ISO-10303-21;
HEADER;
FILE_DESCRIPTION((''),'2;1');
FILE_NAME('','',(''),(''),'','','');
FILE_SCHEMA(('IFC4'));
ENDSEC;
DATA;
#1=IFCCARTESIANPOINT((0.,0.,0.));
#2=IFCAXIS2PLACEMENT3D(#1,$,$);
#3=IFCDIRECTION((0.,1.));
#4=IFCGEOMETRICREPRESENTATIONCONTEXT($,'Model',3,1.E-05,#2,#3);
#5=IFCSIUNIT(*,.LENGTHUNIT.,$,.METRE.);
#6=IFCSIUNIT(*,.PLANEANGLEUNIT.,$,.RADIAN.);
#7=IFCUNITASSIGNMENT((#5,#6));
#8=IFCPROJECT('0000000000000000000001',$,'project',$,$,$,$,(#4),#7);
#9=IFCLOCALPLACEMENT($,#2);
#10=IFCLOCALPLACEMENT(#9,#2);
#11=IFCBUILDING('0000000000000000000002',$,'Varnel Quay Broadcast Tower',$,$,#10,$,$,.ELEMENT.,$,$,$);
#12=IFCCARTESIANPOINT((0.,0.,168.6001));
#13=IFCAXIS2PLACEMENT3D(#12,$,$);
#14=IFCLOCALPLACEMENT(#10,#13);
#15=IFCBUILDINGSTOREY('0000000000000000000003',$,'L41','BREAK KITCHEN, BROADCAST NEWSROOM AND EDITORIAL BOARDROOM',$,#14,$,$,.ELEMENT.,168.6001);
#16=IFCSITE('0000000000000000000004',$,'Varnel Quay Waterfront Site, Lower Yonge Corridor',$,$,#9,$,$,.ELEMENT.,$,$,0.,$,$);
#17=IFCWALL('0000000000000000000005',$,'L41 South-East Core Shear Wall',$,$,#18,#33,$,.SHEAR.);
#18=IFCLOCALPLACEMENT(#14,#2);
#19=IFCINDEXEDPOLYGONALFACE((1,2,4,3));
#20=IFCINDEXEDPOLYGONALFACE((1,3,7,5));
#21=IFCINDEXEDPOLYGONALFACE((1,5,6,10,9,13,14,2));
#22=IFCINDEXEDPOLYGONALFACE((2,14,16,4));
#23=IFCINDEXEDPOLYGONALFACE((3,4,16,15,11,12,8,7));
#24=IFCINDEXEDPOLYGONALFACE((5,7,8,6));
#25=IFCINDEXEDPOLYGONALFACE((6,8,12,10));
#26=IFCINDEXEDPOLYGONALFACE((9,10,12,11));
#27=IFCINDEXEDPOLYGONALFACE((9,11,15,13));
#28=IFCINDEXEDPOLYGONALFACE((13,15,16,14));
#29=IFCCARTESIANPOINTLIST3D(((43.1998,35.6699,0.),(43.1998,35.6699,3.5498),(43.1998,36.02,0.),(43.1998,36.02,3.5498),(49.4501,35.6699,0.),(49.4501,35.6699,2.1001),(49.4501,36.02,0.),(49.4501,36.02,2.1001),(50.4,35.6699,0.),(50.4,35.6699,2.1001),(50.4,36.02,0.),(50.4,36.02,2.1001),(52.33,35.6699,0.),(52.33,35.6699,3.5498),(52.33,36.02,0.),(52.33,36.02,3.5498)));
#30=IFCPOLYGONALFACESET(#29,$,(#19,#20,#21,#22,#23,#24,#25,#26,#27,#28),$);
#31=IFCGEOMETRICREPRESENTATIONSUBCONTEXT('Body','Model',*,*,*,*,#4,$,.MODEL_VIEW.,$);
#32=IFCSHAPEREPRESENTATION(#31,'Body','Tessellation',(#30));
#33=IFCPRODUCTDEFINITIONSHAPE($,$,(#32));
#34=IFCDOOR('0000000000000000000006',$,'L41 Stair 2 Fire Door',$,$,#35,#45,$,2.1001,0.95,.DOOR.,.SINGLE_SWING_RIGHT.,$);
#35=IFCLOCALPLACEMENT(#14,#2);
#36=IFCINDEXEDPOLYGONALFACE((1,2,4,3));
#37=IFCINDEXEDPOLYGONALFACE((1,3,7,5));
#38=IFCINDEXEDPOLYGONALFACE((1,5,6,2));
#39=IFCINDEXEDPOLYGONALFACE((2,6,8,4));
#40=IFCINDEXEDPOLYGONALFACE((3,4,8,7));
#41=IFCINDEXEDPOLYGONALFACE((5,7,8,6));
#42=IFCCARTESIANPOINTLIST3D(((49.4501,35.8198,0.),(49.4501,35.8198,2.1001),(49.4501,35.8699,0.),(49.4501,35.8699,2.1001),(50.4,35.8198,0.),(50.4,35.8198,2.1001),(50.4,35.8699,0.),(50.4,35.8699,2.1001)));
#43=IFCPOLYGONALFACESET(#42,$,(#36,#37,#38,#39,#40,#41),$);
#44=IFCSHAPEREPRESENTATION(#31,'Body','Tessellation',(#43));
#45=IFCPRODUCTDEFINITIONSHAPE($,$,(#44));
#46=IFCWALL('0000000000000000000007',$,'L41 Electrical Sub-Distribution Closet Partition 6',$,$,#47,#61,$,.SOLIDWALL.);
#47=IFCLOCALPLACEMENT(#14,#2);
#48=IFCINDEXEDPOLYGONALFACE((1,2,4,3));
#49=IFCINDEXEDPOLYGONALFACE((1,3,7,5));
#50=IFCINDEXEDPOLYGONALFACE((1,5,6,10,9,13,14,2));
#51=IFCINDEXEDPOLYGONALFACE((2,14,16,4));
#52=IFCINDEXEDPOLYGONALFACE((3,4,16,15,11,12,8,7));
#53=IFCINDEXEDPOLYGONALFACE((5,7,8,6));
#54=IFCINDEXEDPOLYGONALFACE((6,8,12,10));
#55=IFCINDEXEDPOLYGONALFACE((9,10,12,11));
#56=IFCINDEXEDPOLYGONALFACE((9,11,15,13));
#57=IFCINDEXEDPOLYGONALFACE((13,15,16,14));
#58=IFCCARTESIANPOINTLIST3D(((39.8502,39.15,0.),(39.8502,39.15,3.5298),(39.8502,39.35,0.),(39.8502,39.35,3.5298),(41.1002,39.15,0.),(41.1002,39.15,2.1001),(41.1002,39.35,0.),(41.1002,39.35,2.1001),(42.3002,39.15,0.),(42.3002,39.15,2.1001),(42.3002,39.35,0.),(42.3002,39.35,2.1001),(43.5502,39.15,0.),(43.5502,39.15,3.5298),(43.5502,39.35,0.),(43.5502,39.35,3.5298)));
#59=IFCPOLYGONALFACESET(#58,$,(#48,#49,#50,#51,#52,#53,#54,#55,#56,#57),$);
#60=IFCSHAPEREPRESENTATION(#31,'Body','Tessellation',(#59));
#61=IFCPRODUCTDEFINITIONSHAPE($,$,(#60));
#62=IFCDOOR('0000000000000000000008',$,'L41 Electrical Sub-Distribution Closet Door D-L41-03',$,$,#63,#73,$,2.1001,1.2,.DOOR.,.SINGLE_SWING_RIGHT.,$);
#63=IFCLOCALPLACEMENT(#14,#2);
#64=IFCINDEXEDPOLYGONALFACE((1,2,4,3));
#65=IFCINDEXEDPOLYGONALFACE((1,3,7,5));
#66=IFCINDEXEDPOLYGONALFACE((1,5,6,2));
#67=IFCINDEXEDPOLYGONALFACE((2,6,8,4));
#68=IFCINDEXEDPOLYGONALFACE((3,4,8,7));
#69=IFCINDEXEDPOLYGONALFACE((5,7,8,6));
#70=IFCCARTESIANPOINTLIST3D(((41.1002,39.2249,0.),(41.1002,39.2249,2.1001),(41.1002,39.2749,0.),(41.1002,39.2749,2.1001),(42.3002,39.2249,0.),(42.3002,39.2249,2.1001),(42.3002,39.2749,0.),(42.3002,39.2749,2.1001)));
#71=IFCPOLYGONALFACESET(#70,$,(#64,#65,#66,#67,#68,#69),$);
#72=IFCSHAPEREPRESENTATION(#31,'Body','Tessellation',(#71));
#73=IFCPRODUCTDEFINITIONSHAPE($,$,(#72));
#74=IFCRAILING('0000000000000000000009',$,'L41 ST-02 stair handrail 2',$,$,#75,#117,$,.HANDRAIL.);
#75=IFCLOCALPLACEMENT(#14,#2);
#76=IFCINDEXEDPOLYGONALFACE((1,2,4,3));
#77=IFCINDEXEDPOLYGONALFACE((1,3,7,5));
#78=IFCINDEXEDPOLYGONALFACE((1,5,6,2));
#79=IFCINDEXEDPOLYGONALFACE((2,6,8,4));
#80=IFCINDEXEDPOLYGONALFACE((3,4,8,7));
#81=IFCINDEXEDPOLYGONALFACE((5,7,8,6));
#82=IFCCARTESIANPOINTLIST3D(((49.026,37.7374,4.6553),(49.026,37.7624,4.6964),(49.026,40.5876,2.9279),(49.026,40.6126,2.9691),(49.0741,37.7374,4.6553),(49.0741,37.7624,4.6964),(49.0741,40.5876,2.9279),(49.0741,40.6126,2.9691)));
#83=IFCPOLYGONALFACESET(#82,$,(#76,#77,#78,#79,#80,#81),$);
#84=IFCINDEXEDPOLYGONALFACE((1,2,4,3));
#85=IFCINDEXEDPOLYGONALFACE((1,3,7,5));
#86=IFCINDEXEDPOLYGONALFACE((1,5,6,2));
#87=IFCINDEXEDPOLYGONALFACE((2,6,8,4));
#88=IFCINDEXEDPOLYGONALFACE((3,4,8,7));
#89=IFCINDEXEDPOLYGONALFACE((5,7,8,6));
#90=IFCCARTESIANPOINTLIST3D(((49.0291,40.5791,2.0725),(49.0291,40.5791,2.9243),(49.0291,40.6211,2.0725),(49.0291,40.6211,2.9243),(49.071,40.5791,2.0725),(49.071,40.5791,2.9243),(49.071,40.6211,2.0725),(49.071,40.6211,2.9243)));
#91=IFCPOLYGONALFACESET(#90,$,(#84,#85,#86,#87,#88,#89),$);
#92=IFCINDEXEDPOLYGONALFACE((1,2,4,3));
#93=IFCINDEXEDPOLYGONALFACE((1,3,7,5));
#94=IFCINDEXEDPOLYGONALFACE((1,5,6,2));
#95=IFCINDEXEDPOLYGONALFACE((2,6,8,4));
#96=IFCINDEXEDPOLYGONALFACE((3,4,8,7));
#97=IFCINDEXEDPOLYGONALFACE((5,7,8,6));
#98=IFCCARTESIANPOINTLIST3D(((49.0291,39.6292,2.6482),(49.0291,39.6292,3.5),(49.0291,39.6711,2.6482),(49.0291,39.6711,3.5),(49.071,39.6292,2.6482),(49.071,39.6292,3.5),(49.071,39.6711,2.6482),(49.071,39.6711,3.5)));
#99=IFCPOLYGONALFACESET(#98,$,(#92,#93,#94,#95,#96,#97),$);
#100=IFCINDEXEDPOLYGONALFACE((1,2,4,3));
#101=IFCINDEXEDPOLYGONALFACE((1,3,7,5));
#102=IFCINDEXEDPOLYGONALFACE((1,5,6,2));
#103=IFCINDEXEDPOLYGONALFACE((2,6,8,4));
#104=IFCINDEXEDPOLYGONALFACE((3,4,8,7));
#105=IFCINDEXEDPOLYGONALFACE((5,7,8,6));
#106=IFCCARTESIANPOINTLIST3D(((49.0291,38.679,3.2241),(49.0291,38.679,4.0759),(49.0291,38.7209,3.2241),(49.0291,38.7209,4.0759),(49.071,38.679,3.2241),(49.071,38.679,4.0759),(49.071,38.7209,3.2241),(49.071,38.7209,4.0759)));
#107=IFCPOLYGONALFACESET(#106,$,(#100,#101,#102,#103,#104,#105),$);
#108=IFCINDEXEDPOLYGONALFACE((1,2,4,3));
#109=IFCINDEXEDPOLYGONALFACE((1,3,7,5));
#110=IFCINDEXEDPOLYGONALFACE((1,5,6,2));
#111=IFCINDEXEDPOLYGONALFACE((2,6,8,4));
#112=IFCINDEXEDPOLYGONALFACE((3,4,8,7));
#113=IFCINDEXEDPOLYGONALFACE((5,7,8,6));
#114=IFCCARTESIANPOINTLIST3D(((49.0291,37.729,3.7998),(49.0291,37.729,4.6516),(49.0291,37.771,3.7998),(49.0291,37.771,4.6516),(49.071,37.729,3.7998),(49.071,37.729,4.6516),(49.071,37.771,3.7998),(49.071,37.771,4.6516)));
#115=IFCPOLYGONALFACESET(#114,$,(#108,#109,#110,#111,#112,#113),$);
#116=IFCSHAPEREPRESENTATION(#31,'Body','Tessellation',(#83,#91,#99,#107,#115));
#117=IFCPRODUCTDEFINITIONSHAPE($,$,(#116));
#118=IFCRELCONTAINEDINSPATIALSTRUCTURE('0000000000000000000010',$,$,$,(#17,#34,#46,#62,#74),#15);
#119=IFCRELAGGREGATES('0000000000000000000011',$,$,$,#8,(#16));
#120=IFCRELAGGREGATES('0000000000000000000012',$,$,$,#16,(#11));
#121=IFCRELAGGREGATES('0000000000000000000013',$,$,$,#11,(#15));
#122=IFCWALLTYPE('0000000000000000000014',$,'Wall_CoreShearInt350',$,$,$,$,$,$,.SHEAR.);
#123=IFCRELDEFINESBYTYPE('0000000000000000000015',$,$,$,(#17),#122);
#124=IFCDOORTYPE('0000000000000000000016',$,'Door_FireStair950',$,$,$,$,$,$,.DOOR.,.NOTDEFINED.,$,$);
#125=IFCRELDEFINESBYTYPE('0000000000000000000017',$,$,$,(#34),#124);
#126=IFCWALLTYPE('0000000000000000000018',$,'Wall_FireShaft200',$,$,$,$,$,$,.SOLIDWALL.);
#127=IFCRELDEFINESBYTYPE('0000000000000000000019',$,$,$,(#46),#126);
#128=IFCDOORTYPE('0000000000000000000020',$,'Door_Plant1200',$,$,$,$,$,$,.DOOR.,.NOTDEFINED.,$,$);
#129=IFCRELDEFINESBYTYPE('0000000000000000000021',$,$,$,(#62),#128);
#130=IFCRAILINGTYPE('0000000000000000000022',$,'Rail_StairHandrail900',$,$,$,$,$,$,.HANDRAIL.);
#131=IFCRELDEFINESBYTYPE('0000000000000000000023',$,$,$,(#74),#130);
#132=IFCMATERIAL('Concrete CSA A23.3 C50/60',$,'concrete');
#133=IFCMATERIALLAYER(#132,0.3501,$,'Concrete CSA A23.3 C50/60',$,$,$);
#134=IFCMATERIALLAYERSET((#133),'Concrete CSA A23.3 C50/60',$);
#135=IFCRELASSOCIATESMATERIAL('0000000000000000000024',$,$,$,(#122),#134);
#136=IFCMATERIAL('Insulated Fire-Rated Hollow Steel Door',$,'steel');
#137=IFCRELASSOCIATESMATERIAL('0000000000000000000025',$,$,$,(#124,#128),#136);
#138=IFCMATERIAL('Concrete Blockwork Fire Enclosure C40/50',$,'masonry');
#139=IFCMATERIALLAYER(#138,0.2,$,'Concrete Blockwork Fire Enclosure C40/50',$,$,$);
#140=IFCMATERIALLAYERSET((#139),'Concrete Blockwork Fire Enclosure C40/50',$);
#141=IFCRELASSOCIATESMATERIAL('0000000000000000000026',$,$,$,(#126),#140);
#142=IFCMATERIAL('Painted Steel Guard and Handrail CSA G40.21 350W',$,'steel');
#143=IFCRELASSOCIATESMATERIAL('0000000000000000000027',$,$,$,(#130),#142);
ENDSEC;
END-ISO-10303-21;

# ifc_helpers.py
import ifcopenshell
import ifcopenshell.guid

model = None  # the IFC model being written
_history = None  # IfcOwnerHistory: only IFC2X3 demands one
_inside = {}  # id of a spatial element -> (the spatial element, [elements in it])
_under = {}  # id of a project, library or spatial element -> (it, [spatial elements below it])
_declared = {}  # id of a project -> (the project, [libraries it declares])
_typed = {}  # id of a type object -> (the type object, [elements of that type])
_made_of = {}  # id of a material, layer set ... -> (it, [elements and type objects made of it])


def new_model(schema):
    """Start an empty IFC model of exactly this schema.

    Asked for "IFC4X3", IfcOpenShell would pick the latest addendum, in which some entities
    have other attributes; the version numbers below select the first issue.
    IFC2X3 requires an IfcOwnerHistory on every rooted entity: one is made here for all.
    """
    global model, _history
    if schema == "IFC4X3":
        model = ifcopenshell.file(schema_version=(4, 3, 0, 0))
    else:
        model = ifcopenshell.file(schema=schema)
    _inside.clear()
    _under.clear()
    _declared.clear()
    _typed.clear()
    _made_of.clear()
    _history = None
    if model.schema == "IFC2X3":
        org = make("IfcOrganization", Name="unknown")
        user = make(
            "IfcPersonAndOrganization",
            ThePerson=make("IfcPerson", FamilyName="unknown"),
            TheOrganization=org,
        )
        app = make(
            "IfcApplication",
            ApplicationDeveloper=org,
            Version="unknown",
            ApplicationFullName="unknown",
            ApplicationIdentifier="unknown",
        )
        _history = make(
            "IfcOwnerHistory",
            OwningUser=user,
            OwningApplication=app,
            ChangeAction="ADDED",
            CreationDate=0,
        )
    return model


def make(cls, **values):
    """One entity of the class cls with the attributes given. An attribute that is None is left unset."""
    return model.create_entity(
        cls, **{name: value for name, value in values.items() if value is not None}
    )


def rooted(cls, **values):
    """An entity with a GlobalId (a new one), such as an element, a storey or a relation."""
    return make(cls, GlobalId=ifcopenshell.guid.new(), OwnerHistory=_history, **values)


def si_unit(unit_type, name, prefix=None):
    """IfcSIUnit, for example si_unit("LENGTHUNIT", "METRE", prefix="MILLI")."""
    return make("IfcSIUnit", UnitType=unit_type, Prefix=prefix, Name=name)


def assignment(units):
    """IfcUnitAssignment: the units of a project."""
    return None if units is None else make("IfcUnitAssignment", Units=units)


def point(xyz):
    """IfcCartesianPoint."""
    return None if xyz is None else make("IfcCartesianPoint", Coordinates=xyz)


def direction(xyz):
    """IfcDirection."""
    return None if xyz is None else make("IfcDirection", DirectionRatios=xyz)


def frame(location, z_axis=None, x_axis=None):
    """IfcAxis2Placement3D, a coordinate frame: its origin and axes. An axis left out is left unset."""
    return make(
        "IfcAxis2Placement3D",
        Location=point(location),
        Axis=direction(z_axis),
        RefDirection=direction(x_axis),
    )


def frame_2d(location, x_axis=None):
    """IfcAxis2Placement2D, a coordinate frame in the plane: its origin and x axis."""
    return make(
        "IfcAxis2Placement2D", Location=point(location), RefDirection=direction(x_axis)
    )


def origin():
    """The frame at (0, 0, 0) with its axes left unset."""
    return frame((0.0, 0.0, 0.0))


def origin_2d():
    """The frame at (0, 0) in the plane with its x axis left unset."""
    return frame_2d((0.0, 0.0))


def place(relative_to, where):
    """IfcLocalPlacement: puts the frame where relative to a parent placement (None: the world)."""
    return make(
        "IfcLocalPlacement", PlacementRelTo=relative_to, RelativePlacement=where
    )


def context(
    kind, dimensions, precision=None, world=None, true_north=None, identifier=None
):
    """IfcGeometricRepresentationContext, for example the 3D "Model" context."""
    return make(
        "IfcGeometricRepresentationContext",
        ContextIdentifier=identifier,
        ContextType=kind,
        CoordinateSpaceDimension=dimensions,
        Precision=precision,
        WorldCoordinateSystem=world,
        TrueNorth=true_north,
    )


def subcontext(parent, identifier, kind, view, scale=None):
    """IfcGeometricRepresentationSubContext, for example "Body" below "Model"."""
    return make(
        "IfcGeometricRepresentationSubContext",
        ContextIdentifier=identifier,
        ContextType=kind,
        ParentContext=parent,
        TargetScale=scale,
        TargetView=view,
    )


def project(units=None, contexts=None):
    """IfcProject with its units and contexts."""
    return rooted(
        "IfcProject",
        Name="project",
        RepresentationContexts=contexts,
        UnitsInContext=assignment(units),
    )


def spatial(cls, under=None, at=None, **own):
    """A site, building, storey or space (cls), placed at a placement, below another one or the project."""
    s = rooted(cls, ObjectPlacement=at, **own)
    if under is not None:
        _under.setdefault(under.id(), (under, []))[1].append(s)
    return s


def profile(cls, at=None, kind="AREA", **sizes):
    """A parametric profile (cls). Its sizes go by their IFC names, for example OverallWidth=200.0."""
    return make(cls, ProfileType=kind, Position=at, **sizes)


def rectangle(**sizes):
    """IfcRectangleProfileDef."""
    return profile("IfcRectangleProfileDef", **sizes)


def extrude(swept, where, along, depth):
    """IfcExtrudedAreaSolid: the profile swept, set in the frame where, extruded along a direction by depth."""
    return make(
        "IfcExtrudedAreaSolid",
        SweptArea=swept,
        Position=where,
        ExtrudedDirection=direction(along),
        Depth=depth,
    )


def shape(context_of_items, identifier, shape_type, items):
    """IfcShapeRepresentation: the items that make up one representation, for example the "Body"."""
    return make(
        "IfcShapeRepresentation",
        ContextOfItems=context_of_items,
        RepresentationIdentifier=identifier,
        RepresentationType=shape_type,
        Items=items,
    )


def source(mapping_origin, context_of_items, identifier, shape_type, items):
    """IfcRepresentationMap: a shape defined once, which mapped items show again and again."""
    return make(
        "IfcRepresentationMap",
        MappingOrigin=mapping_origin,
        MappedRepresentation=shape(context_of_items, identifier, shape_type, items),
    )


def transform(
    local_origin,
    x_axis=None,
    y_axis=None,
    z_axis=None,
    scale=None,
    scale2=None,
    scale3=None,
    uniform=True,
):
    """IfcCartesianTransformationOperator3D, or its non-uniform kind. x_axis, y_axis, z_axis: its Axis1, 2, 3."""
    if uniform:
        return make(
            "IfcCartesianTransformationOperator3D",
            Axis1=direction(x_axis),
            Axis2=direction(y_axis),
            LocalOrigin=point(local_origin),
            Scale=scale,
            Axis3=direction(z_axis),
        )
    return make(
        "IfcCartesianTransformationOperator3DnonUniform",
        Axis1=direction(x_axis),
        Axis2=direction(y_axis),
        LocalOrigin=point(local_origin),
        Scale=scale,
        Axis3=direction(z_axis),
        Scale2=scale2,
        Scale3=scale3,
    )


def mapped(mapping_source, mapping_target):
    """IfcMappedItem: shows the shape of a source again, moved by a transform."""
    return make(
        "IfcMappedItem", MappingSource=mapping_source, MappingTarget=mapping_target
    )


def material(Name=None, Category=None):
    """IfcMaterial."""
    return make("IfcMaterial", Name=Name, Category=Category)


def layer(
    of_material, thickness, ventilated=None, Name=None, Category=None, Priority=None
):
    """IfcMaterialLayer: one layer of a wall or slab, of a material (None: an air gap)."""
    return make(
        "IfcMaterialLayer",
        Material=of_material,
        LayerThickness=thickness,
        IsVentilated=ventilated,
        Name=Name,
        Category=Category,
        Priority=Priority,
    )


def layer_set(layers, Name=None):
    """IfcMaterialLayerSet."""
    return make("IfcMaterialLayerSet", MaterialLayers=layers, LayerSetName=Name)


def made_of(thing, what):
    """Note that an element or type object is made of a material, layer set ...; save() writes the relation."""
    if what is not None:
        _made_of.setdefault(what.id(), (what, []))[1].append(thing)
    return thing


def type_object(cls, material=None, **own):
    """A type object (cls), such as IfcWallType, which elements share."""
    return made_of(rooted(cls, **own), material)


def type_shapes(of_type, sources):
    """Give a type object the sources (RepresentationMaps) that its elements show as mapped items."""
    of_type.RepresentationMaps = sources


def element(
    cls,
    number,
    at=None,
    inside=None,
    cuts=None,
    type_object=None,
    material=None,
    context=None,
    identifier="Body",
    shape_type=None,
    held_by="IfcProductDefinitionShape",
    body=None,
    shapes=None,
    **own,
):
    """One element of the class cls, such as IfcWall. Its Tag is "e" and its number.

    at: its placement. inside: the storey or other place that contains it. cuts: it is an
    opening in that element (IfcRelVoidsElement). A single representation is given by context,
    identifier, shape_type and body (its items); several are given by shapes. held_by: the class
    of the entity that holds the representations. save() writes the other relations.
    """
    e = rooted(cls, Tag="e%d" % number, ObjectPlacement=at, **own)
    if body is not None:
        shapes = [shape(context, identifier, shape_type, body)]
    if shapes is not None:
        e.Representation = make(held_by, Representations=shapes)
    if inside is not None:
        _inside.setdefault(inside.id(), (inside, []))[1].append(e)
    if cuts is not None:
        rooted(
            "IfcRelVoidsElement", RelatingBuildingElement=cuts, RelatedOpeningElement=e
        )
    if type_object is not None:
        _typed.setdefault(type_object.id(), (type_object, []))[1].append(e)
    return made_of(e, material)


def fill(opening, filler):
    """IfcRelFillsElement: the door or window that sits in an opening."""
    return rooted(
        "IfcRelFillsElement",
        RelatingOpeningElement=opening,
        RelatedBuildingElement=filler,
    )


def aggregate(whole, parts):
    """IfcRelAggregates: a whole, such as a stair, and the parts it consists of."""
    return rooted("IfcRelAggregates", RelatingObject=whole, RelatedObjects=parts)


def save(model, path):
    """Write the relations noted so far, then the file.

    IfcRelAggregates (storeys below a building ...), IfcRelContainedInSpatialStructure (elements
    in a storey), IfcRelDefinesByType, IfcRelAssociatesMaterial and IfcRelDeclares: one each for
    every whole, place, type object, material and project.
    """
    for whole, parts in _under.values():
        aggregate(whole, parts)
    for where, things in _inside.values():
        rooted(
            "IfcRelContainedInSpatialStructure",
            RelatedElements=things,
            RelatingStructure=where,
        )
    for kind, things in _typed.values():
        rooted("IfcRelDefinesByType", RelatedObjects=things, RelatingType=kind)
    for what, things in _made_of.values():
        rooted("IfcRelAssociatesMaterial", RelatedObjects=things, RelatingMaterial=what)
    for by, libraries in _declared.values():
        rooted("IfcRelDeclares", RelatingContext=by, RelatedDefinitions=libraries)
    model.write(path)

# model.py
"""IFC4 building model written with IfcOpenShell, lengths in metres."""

from ifc_helpers import new_model, si_unit, direction, frame, frame_2d, origin, origin_2d, place, context, subcontext, project, spatial, rectangle, extrude, source, transform, mapped, material, layer, layer_set, type_object, type_shapes, element, fill, save


model = new_model("IFC4")

# Units and contexts
model_context = context("Model", 3, precision=1e-05, world=origin(), true_north=direction((0.0, 1.0)))
body_context = subcontext(model_context, "Body", "Model", "MODEL_VIEW")
ifc_project = project(units=[si_unit("LENGTHUNIT", "METRE"), si_unit("PLANEANGLEUNIT", "RADIAN")], contexts=[model_context])

# Site, building, storey
site_placement = place(None, origin())
site = spatial("IfcSite", under=ifc_project, at=site_placement, Name="Varnel Quay Waterfront Site, Lower Yonge Corridor", CompositionType="ELEMENT", RefElevation=0.0)
building_placement = place(site_placement, origin())
building = spatial("IfcBuilding", under=site, at=building_placement, Name="Varnel Quay Broadcast Tower", CompositionType="ELEMENT")
storey_placement = place(building_placement, frame((0.0, 0.0, 168.6001)))
storey = spatial("IfcBuildingStorey", under=building, at=storey_placement, Name="L41", Description="BREAK KITCHEN, BROADCAST NEWSROOM AND EDITORIAL BOARDROOM", CompositionType="ELEMENT", Elevation=168.6001)

# Shared definitions
ifc_material_1 = material(Name="Concrete CSA A23.3 C50/60", Category="concrete")

# Walls, openings, doors
ifc_layer_1 = layer(ifc_material_1, 0.3501, Name="Concrete CSA A23.3 C50/60")
ifc_layer_set_1 = layer_set([ifc_layer_1], Name="Concrete CSA A23.3 C50/60")
wall_type_1 = type_object("IfcWallType", Name="Wall_CoreShearInt350", PredefinedType="SHEAR", material=ifc_layer_set_1)
wall_1_placement = place(storey_placement, frame((43.2, 35.845, 0.0), z_axis=(0.0, 0.0, 1.0), x_axis=(1.0, 0.0, 0.0)))
wall_1 = element("IfcWall", 1, at=wall_1_placement, inside=storey, type_object=wall_type_1, Name="L41 South-East Core Shear Wall", PredefinedType="SHEAR", context=body_context, shape_type="SweptSolid", body=[
    extrude(rectangle(XDim=9.1301, YDim=0.3501, at=frame_2d((4.5649, 0.0))), origin(), (0.0, 0.0, 1.0), 3.5498),
])
opening_1_placement = place(wall_1_placement, frame((6.25, 0.0, 0.0)))
opening_1 = element("IfcOpeningElement", 2, at=opening_1_placement, cuts=wall_1, PredefinedType="OPENING", context=body_context, shape_type="SweptSolid", body=[
    extrude(rectangle(XDim=0.95, YDim=2.1001, at=frame_2d((0.4751, 1.05))), frame((0.0, 0.1851, 0.0), z_axis=(0.0, -1.0, 0.0), x_axis=(1.0, 0.0, 0.0)), (0.0, 0.0, 1.0), 0.3701),
])
ifc_material_2 = material(Name="Insulated Fire-Rated Hollow Steel Door", Category="steel")
door_type_1 = type_object("IfcDoorType", Name="Door_FireStair950", OperationType="NOTDEFINED", PredefinedType="DOOR", material=ifc_material_2)
shared_shape_1 = source(origin(), body_context, "Body", "SweptSolid", [
    extrude(rectangle(XDim=0.95, YDim=2.1001, at=frame_2d((0.4751, 1.05))), frame((0.0, 0.0249, 0.0), z_axis=(0.0, -1.0, 0.0), x_axis=(1.0, 0.0, 0.0)), (0.0, 0.0, 1.0), 0.05),
])
type_shapes(door_type_1, [shared_shape_1])
door_1_placement = place(opening_1_placement, origin())
door_1 = element("IfcDoor", 3, at=door_1_placement, inside=storey, type_object=door_type_1, Name="L41 Stair 2 Fire Door", OperationType="SINGLE_SWING_RIGHT", OverallHeight=2.1001, OverallWidth=0.95, PredefinedType="DOOR", context=body_context, shape_type="MappedRepresentation", body=[
    mapped(shared_shape_1, transform((0.0, 0.0, 0.0), x_axis=(1.0, 0.0, 0.0), y_axis=(0.0, 1.0, 0.0), z_axis=(0.0, 0.0, 1.0), scale=1.0)),
])
fill(opening_1, door_1)
ifc_material_3 = material(Name="Concrete Blockwork Fire Enclosure C40/50", Category="masonry")
ifc_layer_2 = layer(ifc_material_3, 0.2, Name="Concrete Blockwork Fire Enclosure C40/50")
ifc_layer_set_2 = layer_set([ifc_layer_2], Name="Concrete Blockwork Fire Enclosure C40/50")
wall_type_2 = type_object("IfcWallType", Name="Wall_FireShaft200", PredefinedType="SOLIDWALL", material=ifc_layer_set_2)
wall_2_placement = place(storey_placement, frame((39.8501, 39.25, 0.0), z_axis=(0.0, 0.0, 1.0), x_axis=(1.0, 0.0, 0.0)))
wall_2 = element("IfcWall", 4, at=wall_2_placement, inside=storey, type_object=wall_type_2, Name="L41 Electrical Sub-Distribution Closet Partition 6", PredefinedType="SOLIDWALL", context=body_context, shape_type="SweptSolid", body=[
    extrude(rectangle(XDim=3.7, YDim=0.2, at=frame_2d((1.8501, 0.0))), origin(), (0.0, 0.0, 1.0), 3.5298),
])
opening_2_placement = place(wall_2_placement, frame((1.25, 0.0, 0.0)))
opening_2 = element("IfcOpeningElement", 5, at=opening_2_placement, cuts=wall_2, PredefinedType="OPENING", context=body_context, shape_type="SweptSolid", body=[
    extrude(rectangle(XDim=1.2, YDim=2.1001, at=frame_2d((0.6001, 1.05))), frame((0.0, 0.1099, 0.0), z_axis=(0.0, -1.0, 0.0), x_axis=(1.0, 0.0, 0.0)), (0.0, 0.0, 1.0), 0.22),
])
door_type_2 = type_object("IfcDoorType", Name="Door_Plant1200", OperationType="NOTDEFINED", PredefinedType="DOOR", material=ifc_material_2)
shared_shape_2 = source(origin(), body_context, "Body", "SweptSolid", [
    extrude(rectangle(XDim=1.2, YDim=2.1001, at=frame_2d((0.6001, 1.05))), frame((0.0, 0.0249, 0.0), z_axis=(0.0, -1.0, 0.0), x_axis=(1.0, 0.0, 0.0)), (0.0, 0.0, 1.0), 0.05),
])
type_shapes(door_type_2, [shared_shape_2])
door_2_placement = place(opening_2_placement, origin())
door_2 = element("IfcDoor", 6, at=door_2_placement, inside=storey, type_object=door_type_2, Name="L41 Electrical Sub-Distribution Closet Door D-L41-03", OperationType="SINGLE_SWING_RIGHT", OverallHeight=2.1001, OverallWidth=1.2, PredefinedType="DOOR", context=body_context, shape_type="MappedRepresentation", body=[
    mapped(shared_shape_2, transform((0.0, 0.0, 0.0), x_axis=(1.0, 0.0, 0.0), y_axis=(0.0, 1.0, 0.0), z_axis=(0.0, 0.0, 1.0), scale=1.0)),
])
fill(opening_2, door_2)

# Railing
ifc_material_4 = material(Name="Painted Steel Guard and Handrail CSA G40.21 350W", Category="steel")
railing_type = type_object("IfcRailingType", Name="Rail_StairHandrail900", PredefinedType="HANDRAIL", material=ifc_material_4)
railing_placement = place(storey_placement, frame((49.05, 40.6001, 2.0725)))
element("IfcRailing", 7, at=railing_placement, inside=storey, type_object=railing_type, Name="L41 ST-02 stair handrail 2", PredefinedType="HANDRAIL", context=body_context, shape_type="SweptSolid", body=[
    extrude(rectangle(XDim=0.0481, YDim=0.0481, at=origin_2d()), frame((0.0, 0.0, 0.876), z_axis=(0.0, -0.855203, 0.518294), x_axis=(1.0, 0.0, 0.0)), (0.0, 0.0, 1.0), 3.3328),
    extrude(rectangle(XDim=0.042, YDim=0.042, at=origin_2d()), origin(), (0.0, 0.0, 1.0), 0.8518),
    extrude(rectangle(XDim=0.042, YDim=0.042, at=origin_2d()), frame((0.0, -0.95, 0.5757)), (0.0, 0.0, 1.0), 0.8518),
    extrude(rectangle(XDim=0.042, YDim=0.042, at=origin_2d()), frame((0.0, -1.9001, 1.1516)), (0.0, 0.0, 1.0), 0.8518),
    extrude(rectangle(XDim=0.042, YDim=0.042, at=origin_2d()), frame((0.0, -2.8501, 1.7273)), (0.0, 0.0, 1.0), 0.8518),
])

save(model, "model.ifc")
